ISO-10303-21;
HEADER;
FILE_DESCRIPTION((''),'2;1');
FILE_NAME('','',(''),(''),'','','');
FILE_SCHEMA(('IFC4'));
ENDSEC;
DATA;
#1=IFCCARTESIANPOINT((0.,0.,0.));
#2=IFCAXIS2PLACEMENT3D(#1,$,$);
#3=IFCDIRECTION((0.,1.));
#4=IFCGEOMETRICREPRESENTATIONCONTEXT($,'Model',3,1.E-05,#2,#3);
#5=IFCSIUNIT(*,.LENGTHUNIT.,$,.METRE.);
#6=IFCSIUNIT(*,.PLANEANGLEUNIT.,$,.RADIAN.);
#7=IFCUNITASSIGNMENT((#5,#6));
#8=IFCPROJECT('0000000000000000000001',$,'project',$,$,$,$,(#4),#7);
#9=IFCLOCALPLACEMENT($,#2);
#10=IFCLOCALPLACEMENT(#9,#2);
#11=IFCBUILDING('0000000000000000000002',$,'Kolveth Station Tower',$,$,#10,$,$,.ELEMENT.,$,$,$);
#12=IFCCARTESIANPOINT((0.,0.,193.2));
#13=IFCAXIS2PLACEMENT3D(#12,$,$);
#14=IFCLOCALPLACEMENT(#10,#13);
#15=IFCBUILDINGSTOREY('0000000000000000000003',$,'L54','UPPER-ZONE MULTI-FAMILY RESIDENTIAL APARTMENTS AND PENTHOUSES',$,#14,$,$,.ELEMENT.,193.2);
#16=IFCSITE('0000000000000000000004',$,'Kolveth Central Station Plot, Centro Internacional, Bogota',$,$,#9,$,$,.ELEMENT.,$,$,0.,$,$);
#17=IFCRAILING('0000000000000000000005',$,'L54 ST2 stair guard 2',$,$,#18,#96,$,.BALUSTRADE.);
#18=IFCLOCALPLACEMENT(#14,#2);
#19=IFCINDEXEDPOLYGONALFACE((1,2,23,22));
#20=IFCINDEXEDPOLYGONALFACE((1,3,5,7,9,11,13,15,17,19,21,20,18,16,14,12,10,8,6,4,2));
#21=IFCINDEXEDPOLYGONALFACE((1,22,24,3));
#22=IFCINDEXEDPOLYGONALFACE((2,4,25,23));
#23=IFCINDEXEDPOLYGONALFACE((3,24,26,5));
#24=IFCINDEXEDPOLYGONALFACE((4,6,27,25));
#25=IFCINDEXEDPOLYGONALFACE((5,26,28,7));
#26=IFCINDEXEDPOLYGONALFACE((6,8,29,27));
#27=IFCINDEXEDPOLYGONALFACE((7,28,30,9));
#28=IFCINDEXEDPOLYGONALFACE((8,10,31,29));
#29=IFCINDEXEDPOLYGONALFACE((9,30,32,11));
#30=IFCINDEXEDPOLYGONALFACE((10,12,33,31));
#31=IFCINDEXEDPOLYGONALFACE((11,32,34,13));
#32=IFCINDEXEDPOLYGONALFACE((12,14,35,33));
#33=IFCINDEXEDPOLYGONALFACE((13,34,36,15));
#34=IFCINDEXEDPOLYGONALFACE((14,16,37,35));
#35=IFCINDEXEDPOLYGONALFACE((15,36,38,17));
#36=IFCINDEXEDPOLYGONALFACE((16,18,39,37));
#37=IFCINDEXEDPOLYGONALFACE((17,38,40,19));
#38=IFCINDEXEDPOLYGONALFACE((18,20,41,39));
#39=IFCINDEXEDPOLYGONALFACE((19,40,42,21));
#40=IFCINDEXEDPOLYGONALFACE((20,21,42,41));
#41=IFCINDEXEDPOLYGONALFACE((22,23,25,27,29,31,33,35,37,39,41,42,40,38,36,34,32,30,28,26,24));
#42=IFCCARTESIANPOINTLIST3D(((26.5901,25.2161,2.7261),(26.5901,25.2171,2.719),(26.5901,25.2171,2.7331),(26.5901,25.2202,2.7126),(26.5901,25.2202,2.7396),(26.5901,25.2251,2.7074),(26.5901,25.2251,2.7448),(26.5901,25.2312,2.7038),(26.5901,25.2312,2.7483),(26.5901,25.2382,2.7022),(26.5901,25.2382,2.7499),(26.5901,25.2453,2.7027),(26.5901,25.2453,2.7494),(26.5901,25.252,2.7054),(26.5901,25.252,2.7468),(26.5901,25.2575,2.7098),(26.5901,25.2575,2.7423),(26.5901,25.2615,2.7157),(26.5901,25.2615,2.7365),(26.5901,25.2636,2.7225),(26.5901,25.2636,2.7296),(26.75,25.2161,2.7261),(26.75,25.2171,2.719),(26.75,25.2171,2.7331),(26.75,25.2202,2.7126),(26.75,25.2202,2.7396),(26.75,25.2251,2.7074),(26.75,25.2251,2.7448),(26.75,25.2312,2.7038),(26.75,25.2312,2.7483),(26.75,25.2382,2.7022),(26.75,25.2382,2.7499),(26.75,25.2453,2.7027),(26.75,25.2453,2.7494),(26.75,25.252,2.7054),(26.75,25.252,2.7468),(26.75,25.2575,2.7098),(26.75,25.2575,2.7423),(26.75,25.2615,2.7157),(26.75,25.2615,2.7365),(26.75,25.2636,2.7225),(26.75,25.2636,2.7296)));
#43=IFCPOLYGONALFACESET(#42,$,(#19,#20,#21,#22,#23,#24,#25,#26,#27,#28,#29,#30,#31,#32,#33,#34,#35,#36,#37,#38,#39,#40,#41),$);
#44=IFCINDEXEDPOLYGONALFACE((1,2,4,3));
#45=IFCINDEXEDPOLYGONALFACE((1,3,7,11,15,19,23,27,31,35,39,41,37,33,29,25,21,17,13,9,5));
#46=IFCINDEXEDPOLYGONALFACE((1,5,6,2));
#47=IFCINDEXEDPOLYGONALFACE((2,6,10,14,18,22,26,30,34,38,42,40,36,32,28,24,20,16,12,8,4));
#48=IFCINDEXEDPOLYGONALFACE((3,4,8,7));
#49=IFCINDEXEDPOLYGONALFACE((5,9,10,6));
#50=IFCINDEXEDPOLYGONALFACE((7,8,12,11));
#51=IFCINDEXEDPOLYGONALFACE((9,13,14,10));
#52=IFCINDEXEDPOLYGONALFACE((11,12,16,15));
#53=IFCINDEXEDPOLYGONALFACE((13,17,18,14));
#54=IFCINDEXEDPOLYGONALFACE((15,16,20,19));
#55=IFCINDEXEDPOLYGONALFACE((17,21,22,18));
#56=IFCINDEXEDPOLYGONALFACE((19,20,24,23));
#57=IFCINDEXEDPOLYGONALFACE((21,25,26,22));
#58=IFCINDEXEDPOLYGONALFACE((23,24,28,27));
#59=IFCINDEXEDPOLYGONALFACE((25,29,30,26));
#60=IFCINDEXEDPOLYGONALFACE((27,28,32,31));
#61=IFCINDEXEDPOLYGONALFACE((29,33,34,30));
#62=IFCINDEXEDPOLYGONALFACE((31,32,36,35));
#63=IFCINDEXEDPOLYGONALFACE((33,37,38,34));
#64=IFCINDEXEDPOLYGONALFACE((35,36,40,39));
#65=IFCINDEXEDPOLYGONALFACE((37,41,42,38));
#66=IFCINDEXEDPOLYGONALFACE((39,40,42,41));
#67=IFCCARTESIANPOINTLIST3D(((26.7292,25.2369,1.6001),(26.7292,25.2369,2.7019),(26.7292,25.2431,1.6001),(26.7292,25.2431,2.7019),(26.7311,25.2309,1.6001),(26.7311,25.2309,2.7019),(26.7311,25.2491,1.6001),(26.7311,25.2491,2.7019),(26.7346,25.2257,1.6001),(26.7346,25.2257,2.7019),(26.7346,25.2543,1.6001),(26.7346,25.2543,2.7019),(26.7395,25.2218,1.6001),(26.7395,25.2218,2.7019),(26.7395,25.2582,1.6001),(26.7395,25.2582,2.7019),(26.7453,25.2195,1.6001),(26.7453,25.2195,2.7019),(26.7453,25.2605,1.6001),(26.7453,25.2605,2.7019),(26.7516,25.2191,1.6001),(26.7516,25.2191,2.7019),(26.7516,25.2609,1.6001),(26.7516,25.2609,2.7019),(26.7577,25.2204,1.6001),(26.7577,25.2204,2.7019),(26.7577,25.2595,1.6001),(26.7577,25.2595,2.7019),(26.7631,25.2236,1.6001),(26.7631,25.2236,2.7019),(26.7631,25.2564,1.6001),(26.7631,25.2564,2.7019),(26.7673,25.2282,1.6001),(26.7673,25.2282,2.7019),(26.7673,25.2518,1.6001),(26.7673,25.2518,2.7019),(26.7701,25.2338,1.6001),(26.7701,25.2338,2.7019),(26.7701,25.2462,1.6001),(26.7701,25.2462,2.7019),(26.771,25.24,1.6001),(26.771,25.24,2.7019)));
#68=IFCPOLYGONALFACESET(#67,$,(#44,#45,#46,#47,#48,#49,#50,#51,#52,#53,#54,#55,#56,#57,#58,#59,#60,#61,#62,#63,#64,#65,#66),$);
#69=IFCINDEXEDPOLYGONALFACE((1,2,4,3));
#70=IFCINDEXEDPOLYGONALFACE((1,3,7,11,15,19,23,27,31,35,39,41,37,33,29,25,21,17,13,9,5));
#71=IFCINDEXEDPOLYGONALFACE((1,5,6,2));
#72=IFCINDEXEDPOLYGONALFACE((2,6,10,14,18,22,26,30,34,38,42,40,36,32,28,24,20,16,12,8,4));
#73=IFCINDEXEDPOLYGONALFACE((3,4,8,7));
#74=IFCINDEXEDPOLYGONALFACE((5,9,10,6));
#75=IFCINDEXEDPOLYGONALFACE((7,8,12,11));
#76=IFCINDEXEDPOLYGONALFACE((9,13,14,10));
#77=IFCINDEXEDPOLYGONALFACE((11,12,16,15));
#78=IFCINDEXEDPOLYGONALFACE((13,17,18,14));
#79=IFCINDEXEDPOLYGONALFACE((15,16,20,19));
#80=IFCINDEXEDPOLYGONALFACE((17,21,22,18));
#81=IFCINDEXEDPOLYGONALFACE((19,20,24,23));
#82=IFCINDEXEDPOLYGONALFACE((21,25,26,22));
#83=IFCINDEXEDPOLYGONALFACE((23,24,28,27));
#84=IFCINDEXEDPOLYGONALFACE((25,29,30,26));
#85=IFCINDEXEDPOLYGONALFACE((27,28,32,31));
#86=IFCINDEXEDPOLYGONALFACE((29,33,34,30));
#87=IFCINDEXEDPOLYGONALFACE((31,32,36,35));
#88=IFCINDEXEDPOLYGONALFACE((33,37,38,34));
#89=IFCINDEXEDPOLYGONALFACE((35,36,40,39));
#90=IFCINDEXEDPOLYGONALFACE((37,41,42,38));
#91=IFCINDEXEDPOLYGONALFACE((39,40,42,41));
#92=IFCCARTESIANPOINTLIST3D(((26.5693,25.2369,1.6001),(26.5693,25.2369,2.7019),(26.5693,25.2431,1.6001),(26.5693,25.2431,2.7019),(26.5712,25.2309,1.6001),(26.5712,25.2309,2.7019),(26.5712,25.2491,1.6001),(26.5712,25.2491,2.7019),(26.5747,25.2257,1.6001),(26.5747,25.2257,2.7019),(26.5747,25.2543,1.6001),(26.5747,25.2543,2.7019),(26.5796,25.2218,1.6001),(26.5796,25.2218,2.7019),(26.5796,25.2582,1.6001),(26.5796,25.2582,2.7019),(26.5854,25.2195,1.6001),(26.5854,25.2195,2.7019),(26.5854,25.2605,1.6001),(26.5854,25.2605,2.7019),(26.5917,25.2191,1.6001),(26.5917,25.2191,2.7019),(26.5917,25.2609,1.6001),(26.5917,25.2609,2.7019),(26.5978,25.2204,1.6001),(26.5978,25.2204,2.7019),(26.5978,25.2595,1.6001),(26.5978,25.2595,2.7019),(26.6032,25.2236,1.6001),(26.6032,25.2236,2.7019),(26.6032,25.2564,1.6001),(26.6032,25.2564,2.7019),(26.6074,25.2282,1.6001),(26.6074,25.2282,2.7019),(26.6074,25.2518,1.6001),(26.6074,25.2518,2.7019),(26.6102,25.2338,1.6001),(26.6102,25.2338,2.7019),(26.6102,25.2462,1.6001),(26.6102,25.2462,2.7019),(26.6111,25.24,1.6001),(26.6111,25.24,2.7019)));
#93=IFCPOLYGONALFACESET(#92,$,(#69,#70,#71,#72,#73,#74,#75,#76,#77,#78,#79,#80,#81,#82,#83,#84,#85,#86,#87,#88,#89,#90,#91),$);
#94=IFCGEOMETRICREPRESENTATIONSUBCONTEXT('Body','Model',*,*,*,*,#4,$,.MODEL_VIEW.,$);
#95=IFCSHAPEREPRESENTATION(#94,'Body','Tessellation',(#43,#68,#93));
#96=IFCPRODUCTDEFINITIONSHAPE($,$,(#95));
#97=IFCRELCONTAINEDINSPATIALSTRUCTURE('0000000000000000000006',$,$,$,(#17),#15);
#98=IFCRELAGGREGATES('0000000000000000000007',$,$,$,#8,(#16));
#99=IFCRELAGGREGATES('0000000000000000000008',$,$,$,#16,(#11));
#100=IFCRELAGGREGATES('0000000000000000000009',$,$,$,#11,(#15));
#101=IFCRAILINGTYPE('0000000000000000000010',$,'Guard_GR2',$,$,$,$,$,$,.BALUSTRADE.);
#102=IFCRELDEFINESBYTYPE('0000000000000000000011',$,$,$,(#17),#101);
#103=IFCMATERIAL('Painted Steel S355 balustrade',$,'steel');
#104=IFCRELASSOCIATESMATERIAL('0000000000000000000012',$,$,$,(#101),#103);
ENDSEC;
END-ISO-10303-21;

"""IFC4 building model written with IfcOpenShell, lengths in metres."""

from ifc_helpers import new_model, si_unit, direction, frame, origin, origin_2d, place, context, subcontext, project, spatial, circle, extrude, material, type_object, element, save


model = new_model("IFC4")

# Units and contexts
model_context = context("Model", 3, precision=1e-05, world=origin(), true_north=direction((0.0, 1.0)))
body_context = subcontext(model_context, "Body", "Model", "MODEL_VIEW")
ifc_project = project(units=[si_unit("LENGTHUNIT", "METRE"), si_unit("PLANEANGLEUNIT", "RADIAN")], contexts=[model_context])

# Site, building, storey
site_placement = place(None, origin())
site = spatial("IfcSite", under=ifc_project, at=site_placement, Name="Kolveth Central Station Plot, Centro Internacional, Bogota", CompositionType="ELEMENT", RefElevation=0.0)
building_placement = place(site_placement, origin())
building = spatial("IfcBuilding", under=site, at=building_placement, Name="Kolveth Station Tower", CompositionType="ELEMENT")
storey_placement = place(building_placement, frame((0.0, 0.0, 193.2)))
storey = spatial("IfcBuildingStorey", under=building, at=storey_placement, Name="L54", Description="UPPER-ZONE MULTI-FAMILY RESIDENTIAL APARTMENTS AND PENTHOUSES", CompositionType="ELEMENT", Elevation=193.2)

# Railing
ifc_material_1 = material(Name="Painted Steel S355 balustrade", Category="steel")
railing_type_1 = type_object("IfcRailingType", Name="Guard_GR2", PredefinedType="BALUSTRADE", material=ifc_material_1)
railing_1_placement = place(storey_placement, frame((26.75, 25.24, 1.6001)))
element("IfcRailing", 1, at=railing_1_placement, inside=storey, type_object=railing_type_1, Name="L54 ST2 stair guard 2", PredefinedType="BALUSTRADE", context=body_context, shape_type="SweptSolid", body=[
    extrude(circle(Radius=0.0239, at=origin_2d()), frame((0.0, 0.0, 1.126), z_axis=(-1.0, 0.0, 0.0), x_axis=(0.0, -1.0, 0.0)), (0.0, 0.0, 1.0), 0.1599),
    extrude(circle(Radius=0.021, at=origin_2d()), origin(), (0.0, 0.0, 1.0), 1.1018),
    extrude(circle(Radius=0.021, at=origin_2d()), frame((-0.1599, 0.0, 0.0)), (0.0, 0.0, 1.0), 1.1018),
])

save(model, "model.ifc")
